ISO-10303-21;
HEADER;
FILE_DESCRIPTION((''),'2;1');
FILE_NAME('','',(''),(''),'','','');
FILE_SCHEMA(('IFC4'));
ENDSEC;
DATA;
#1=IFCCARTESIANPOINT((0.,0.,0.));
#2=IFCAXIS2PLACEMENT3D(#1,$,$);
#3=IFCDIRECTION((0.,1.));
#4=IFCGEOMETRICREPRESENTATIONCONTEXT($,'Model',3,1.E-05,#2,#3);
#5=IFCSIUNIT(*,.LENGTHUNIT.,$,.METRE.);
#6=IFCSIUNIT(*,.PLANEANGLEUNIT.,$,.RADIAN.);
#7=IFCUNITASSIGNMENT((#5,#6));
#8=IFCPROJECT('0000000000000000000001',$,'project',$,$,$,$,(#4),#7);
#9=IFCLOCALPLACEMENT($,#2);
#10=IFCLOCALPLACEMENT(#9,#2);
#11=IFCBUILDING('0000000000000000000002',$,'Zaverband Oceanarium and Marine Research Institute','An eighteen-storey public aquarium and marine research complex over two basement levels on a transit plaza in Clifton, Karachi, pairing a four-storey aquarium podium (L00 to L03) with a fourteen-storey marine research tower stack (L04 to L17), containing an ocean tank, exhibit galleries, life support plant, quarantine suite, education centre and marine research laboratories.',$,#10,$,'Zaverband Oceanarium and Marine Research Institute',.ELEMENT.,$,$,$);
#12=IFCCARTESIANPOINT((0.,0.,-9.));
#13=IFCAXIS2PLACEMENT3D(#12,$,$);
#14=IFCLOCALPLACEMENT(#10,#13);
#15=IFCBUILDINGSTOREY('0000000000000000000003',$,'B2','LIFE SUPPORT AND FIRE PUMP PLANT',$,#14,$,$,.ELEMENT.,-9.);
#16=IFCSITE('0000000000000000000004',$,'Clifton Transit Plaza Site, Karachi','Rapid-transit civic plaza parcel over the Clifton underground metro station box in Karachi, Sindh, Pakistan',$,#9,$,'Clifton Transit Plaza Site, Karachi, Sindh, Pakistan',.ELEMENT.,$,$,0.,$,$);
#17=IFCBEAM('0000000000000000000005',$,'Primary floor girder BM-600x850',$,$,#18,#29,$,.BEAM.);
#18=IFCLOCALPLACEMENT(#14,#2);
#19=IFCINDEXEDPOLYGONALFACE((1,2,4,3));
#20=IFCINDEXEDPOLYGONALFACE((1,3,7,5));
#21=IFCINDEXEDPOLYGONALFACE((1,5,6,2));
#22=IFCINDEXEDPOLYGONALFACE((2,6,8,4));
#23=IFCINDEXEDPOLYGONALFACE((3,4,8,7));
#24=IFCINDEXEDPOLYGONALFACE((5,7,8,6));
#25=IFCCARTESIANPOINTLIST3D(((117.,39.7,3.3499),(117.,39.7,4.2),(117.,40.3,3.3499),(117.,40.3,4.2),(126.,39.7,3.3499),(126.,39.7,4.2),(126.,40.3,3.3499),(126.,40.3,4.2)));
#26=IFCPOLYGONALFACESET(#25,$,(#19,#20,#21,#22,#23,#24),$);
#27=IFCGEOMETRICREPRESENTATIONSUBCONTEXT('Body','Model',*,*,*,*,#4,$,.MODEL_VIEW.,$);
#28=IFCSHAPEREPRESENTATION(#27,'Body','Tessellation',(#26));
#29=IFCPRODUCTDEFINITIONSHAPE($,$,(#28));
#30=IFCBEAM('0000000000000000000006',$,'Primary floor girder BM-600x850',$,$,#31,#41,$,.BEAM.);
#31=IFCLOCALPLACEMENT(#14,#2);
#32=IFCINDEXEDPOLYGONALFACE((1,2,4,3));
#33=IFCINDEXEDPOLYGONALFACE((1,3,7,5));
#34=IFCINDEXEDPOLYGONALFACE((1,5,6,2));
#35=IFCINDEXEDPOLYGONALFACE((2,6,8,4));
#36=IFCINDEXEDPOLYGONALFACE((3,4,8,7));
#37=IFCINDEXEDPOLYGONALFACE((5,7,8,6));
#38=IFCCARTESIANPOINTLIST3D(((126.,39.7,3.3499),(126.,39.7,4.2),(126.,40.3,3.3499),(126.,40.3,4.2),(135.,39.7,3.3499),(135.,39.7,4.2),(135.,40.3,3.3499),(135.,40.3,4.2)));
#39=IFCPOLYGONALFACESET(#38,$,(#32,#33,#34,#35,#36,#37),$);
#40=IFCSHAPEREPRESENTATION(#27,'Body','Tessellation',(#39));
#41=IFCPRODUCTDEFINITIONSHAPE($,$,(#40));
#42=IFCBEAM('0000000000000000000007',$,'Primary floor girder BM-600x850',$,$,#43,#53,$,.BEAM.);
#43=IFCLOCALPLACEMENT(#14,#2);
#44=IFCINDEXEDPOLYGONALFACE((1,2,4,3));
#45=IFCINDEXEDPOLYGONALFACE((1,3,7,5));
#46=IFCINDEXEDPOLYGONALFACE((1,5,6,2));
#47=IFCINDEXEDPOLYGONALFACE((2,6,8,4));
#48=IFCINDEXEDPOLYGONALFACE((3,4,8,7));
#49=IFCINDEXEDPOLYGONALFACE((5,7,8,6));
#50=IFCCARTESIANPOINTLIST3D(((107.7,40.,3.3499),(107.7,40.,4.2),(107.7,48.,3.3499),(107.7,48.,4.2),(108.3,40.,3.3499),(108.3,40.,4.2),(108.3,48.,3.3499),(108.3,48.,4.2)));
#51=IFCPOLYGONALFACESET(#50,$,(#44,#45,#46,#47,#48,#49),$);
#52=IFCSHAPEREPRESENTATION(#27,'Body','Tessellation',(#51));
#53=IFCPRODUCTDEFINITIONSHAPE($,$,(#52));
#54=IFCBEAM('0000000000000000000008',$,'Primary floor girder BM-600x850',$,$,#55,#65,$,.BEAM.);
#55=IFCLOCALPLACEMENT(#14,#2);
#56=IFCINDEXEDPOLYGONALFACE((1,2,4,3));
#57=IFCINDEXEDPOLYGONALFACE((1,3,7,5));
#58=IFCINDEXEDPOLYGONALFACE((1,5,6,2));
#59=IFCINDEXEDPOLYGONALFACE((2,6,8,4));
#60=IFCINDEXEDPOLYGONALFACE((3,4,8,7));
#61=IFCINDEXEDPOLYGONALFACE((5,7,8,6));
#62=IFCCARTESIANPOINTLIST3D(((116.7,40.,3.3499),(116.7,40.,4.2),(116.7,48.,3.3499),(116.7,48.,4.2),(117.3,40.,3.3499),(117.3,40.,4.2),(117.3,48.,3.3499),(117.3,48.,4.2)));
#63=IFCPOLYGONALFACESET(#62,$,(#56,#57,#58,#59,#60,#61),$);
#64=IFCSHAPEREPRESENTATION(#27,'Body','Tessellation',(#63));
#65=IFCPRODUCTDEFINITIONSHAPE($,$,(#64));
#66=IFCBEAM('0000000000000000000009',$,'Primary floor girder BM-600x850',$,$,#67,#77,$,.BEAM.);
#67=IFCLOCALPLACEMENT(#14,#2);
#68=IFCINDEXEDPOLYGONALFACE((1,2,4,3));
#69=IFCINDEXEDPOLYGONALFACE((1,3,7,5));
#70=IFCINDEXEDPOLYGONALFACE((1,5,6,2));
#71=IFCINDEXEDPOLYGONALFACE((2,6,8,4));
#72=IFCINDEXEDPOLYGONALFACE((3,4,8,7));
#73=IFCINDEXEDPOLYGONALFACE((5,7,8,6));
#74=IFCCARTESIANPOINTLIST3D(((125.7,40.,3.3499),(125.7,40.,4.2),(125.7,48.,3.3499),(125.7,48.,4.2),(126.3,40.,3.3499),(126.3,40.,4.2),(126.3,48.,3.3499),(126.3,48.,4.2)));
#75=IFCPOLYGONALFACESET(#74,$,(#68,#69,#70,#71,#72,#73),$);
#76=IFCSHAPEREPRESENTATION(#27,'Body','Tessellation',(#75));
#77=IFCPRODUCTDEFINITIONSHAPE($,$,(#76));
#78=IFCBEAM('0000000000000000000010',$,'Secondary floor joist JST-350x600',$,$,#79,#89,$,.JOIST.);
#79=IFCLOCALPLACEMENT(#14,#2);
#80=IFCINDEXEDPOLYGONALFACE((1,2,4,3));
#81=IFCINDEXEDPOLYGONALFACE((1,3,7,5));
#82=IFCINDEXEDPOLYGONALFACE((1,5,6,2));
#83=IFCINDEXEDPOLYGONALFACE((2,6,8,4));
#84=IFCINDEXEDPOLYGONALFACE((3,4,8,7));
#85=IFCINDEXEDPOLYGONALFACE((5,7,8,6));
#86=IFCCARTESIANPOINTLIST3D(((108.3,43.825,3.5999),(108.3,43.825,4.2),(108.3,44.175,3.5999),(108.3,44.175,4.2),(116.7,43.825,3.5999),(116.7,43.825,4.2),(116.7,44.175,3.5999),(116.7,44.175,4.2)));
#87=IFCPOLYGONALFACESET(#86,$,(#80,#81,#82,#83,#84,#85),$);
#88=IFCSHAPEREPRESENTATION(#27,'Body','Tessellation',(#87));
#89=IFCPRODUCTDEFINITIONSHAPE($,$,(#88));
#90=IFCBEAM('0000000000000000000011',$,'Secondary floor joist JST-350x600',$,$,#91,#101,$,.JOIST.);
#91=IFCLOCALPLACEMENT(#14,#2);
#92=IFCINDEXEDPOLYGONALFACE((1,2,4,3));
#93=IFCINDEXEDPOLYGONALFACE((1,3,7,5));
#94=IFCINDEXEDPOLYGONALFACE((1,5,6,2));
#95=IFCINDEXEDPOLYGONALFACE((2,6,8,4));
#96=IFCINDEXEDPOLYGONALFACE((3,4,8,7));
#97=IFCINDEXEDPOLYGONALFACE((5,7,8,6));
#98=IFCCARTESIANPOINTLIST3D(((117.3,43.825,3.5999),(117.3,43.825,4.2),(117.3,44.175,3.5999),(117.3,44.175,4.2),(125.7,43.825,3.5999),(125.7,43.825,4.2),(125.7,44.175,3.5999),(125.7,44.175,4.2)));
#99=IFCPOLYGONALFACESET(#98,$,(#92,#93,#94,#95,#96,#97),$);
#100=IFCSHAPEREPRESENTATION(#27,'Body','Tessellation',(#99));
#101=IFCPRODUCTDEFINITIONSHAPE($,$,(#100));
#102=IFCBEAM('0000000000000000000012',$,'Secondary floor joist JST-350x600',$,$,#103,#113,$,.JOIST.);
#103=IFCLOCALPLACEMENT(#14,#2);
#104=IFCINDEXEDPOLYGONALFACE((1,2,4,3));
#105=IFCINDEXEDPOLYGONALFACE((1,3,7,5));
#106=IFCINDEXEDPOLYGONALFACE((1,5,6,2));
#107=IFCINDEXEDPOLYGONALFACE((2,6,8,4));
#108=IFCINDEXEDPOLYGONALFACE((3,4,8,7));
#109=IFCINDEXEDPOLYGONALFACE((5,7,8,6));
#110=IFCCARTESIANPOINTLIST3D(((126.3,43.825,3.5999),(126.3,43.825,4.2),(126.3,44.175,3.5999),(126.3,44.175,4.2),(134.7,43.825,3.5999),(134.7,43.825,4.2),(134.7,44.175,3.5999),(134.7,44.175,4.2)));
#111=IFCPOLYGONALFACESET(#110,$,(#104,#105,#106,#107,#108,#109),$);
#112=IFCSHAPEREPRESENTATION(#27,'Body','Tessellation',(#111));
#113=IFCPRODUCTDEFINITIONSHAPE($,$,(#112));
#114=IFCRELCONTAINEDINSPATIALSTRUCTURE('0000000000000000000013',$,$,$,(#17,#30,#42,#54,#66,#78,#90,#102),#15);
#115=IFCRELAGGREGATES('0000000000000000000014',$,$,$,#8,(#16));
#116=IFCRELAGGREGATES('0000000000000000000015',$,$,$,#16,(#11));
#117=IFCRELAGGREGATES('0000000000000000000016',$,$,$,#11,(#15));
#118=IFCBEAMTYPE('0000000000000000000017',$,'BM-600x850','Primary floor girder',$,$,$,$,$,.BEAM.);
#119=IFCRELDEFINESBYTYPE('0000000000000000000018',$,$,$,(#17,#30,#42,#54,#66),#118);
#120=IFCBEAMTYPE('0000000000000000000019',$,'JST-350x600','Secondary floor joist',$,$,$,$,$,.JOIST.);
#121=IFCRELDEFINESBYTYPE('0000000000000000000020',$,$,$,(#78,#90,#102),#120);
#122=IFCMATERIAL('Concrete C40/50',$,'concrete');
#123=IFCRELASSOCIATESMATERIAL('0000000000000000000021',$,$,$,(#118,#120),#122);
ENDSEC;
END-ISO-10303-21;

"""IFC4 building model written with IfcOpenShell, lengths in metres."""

from ifc_helpers import new_model, si_unit, direction, frame, origin, origin_2d, place, context, subcontext, project, spatial, rectangle, extrude, material, material_profile, profile_set, type_object, element, save


model = new_model("IFC4")

# Units and contexts
model_context = context("Model", 3, precision=1e-05, world=origin(), true_north=direction((0.0, 1.0)))
body_context = subcontext(model_context, "Body", "Model", "MODEL_VIEW")
ifc_project = project(units=[si_unit("LENGTHUNIT", "METRE"), si_unit("PLANEANGLEUNIT", "RADIAN")], contexts=[model_context])

# Site, building, storey
site_placement = place(None, origin())
site = spatial("IfcSite", under=ifc_project, at=site_placement, Name="Clifton Transit Plaza Site, Karachi", Description="Rapid-transit civic plaza parcel over the Clifton underground metro station box in Karachi, Sindh, Pakistan", LongName="Clifton Transit Plaza Site, Karachi, Sindh, Pakistan", CompositionType="ELEMENT", RefElevation=0.0)
building_placement = place(site_placement, origin())
building = spatial("IfcBuilding", under=site, at=building_placement, Name="Zaverband Oceanarium and Marine Research Institute", Description="An eighteen-storey public aquarium and marine research complex over two basement levels on a transit plaza in Clifton, Karachi, pairing a four-storey aquarium podium (L00 to L03) with a fourteen-storey marine research tower stack (L04 to L17), containing an ocean tank, exhibit galleries, life support plant, quarantine suite, education centre and marine research laboratories.", LongName="Zaverband Oceanarium and Marine Research Institute", CompositionType="ELEMENT")
storey_placement = place(building_placement, frame((0.0, 0.0, -9.0)))
storey = spatial("IfcBuildingStorey", under=building, at=storey_placement, Name="B2", Description="LIFE SUPPORT AND FIRE PUMP PLANT", CompositionType="ELEMENT", Elevation=-9.0)

# Beams
ifc_material_1 = material(Name="Concrete C40/50", Category="concrete")
ifc_material_profile_1 = material_profile(ifc_material_1, rectangle(XDim=0.6001, YDim=0.8501, at=origin_2d()), Name="RC600x850")
ifc_profile_set_1 = profile_set([ifc_material_profile_1], Name="Concrete C40/50")
beam_type_1 = type_object("IfcBeamType", Name="BM-600x850", Description="Primary floor girder", PredefinedType="BEAM", material=ifc_profile_set_1)
for number, where, z_axis, x_axis, name in (
    (1, (117.0, 40.0, 3.7749), (1.0, 0.0, 0.0), (0.0, 1.0, 0.0), "Primary floor girder BM-600x850"),
    (2, (126.0, 40.0, 3.7749), (1.0, 0.0, 0.0), (0.0, 1.0, 0.0), "Primary floor girder BM-600x850"),
):
    element("IfcBeam", number, at=place(storey_placement, frame(where, z_axis=z_axis, x_axis=x_axis)), inside=storey, type_object=beam_type_1, Name=name, PredefinedType="BEAM", context=body_context, shape_type="SweptSolid", body=[
        extrude(rectangle(XDim=0.6001, YDim=0.8501, at=origin_2d()), origin(), (0.0, 0.0, 1.0), 9.0),
    ])
for number, where, z_axis, x_axis, name in (
    (3, (108.0, 40.0, 3.7749), (0.0, 1.0, 0.0), (-1.0, 0.0, 0.0), "Primary floor girder BM-600x850"),
    (4, (117.0, 40.0, 3.7749), (0.0, 1.0, 0.0), (-1.0, 0.0, 0.0), "Primary floor girder BM-600x850"),
    (5, (126.0, 40.0, 3.7749), (0.0, 1.0, 0.0), (-1.0, 0.0, 0.0), "Primary floor girder BM-600x850"),
):
    element("IfcBeam", number, at=place(storey_placement, frame(where, z_axis=z_axis, x_axis=x_axis)), inside=storey, type_object=beam_type_1, Name=name, PredefinedType="BEAM", context=body_context, shape_type="SweptSolid", body=[
        extrude(rectangle(XDim=0.6001, YDim=0.8501, at=origin_2d()), origin(), (0.0, 0.0, 1.0), 8.0),
    ])
ifc_material_profile_2 = material_profile(ifc_material_1, rectangle(XDim=0.3501, YDim=0.6001, at=origin_2d()), Name="RC350x600")
ifc_profile_set_2 = profile_set([ifc_material_profile_2], Name="Concrete C40/50")
beam_type_2 = type_object("IfcBeamType", Name="JST-350x600", Description="Secondary floor joist", PredefinedType="JOIST", material=ifc_profile_set_2)
for number, where, z_axis, x_axis, name in (
    (6, (108.3, 44.0, 3.8999), (1.0, 0.0, 0.0), (0.0, 1.0, 0.0), "Secondary floor joist JST-350x600"),
    (7, (117.3, 44.0, 3.8999), (1.0, 0.0, 0.0), (0.0, 1.0, 0.0), "Secondary floor joist JST-350x600"),
    (8, (126.3, 44.0, 3.8999), (1.0, 0.0, 0.0), (0.0, 1.0, 0.0), "Secondary floor joist JST-350x600"),
):
    element("IfcBeam", number, at=place(storey_placement, frame(where, z_axis=z_axis, x_axis=x_axis)), inside=storey, type_object=beam_type_2, Name=name, PredefinedType="JOIST", context=body_context, shape_type="SweptSolid", body=[
        extrude(rectangle(XDim=0.3501, YDim=0.6001, at=origin_2d()), origin(), (0.0, 0.0, 1.0), 8.3999),
    ])

save(model, "model.ifc")
